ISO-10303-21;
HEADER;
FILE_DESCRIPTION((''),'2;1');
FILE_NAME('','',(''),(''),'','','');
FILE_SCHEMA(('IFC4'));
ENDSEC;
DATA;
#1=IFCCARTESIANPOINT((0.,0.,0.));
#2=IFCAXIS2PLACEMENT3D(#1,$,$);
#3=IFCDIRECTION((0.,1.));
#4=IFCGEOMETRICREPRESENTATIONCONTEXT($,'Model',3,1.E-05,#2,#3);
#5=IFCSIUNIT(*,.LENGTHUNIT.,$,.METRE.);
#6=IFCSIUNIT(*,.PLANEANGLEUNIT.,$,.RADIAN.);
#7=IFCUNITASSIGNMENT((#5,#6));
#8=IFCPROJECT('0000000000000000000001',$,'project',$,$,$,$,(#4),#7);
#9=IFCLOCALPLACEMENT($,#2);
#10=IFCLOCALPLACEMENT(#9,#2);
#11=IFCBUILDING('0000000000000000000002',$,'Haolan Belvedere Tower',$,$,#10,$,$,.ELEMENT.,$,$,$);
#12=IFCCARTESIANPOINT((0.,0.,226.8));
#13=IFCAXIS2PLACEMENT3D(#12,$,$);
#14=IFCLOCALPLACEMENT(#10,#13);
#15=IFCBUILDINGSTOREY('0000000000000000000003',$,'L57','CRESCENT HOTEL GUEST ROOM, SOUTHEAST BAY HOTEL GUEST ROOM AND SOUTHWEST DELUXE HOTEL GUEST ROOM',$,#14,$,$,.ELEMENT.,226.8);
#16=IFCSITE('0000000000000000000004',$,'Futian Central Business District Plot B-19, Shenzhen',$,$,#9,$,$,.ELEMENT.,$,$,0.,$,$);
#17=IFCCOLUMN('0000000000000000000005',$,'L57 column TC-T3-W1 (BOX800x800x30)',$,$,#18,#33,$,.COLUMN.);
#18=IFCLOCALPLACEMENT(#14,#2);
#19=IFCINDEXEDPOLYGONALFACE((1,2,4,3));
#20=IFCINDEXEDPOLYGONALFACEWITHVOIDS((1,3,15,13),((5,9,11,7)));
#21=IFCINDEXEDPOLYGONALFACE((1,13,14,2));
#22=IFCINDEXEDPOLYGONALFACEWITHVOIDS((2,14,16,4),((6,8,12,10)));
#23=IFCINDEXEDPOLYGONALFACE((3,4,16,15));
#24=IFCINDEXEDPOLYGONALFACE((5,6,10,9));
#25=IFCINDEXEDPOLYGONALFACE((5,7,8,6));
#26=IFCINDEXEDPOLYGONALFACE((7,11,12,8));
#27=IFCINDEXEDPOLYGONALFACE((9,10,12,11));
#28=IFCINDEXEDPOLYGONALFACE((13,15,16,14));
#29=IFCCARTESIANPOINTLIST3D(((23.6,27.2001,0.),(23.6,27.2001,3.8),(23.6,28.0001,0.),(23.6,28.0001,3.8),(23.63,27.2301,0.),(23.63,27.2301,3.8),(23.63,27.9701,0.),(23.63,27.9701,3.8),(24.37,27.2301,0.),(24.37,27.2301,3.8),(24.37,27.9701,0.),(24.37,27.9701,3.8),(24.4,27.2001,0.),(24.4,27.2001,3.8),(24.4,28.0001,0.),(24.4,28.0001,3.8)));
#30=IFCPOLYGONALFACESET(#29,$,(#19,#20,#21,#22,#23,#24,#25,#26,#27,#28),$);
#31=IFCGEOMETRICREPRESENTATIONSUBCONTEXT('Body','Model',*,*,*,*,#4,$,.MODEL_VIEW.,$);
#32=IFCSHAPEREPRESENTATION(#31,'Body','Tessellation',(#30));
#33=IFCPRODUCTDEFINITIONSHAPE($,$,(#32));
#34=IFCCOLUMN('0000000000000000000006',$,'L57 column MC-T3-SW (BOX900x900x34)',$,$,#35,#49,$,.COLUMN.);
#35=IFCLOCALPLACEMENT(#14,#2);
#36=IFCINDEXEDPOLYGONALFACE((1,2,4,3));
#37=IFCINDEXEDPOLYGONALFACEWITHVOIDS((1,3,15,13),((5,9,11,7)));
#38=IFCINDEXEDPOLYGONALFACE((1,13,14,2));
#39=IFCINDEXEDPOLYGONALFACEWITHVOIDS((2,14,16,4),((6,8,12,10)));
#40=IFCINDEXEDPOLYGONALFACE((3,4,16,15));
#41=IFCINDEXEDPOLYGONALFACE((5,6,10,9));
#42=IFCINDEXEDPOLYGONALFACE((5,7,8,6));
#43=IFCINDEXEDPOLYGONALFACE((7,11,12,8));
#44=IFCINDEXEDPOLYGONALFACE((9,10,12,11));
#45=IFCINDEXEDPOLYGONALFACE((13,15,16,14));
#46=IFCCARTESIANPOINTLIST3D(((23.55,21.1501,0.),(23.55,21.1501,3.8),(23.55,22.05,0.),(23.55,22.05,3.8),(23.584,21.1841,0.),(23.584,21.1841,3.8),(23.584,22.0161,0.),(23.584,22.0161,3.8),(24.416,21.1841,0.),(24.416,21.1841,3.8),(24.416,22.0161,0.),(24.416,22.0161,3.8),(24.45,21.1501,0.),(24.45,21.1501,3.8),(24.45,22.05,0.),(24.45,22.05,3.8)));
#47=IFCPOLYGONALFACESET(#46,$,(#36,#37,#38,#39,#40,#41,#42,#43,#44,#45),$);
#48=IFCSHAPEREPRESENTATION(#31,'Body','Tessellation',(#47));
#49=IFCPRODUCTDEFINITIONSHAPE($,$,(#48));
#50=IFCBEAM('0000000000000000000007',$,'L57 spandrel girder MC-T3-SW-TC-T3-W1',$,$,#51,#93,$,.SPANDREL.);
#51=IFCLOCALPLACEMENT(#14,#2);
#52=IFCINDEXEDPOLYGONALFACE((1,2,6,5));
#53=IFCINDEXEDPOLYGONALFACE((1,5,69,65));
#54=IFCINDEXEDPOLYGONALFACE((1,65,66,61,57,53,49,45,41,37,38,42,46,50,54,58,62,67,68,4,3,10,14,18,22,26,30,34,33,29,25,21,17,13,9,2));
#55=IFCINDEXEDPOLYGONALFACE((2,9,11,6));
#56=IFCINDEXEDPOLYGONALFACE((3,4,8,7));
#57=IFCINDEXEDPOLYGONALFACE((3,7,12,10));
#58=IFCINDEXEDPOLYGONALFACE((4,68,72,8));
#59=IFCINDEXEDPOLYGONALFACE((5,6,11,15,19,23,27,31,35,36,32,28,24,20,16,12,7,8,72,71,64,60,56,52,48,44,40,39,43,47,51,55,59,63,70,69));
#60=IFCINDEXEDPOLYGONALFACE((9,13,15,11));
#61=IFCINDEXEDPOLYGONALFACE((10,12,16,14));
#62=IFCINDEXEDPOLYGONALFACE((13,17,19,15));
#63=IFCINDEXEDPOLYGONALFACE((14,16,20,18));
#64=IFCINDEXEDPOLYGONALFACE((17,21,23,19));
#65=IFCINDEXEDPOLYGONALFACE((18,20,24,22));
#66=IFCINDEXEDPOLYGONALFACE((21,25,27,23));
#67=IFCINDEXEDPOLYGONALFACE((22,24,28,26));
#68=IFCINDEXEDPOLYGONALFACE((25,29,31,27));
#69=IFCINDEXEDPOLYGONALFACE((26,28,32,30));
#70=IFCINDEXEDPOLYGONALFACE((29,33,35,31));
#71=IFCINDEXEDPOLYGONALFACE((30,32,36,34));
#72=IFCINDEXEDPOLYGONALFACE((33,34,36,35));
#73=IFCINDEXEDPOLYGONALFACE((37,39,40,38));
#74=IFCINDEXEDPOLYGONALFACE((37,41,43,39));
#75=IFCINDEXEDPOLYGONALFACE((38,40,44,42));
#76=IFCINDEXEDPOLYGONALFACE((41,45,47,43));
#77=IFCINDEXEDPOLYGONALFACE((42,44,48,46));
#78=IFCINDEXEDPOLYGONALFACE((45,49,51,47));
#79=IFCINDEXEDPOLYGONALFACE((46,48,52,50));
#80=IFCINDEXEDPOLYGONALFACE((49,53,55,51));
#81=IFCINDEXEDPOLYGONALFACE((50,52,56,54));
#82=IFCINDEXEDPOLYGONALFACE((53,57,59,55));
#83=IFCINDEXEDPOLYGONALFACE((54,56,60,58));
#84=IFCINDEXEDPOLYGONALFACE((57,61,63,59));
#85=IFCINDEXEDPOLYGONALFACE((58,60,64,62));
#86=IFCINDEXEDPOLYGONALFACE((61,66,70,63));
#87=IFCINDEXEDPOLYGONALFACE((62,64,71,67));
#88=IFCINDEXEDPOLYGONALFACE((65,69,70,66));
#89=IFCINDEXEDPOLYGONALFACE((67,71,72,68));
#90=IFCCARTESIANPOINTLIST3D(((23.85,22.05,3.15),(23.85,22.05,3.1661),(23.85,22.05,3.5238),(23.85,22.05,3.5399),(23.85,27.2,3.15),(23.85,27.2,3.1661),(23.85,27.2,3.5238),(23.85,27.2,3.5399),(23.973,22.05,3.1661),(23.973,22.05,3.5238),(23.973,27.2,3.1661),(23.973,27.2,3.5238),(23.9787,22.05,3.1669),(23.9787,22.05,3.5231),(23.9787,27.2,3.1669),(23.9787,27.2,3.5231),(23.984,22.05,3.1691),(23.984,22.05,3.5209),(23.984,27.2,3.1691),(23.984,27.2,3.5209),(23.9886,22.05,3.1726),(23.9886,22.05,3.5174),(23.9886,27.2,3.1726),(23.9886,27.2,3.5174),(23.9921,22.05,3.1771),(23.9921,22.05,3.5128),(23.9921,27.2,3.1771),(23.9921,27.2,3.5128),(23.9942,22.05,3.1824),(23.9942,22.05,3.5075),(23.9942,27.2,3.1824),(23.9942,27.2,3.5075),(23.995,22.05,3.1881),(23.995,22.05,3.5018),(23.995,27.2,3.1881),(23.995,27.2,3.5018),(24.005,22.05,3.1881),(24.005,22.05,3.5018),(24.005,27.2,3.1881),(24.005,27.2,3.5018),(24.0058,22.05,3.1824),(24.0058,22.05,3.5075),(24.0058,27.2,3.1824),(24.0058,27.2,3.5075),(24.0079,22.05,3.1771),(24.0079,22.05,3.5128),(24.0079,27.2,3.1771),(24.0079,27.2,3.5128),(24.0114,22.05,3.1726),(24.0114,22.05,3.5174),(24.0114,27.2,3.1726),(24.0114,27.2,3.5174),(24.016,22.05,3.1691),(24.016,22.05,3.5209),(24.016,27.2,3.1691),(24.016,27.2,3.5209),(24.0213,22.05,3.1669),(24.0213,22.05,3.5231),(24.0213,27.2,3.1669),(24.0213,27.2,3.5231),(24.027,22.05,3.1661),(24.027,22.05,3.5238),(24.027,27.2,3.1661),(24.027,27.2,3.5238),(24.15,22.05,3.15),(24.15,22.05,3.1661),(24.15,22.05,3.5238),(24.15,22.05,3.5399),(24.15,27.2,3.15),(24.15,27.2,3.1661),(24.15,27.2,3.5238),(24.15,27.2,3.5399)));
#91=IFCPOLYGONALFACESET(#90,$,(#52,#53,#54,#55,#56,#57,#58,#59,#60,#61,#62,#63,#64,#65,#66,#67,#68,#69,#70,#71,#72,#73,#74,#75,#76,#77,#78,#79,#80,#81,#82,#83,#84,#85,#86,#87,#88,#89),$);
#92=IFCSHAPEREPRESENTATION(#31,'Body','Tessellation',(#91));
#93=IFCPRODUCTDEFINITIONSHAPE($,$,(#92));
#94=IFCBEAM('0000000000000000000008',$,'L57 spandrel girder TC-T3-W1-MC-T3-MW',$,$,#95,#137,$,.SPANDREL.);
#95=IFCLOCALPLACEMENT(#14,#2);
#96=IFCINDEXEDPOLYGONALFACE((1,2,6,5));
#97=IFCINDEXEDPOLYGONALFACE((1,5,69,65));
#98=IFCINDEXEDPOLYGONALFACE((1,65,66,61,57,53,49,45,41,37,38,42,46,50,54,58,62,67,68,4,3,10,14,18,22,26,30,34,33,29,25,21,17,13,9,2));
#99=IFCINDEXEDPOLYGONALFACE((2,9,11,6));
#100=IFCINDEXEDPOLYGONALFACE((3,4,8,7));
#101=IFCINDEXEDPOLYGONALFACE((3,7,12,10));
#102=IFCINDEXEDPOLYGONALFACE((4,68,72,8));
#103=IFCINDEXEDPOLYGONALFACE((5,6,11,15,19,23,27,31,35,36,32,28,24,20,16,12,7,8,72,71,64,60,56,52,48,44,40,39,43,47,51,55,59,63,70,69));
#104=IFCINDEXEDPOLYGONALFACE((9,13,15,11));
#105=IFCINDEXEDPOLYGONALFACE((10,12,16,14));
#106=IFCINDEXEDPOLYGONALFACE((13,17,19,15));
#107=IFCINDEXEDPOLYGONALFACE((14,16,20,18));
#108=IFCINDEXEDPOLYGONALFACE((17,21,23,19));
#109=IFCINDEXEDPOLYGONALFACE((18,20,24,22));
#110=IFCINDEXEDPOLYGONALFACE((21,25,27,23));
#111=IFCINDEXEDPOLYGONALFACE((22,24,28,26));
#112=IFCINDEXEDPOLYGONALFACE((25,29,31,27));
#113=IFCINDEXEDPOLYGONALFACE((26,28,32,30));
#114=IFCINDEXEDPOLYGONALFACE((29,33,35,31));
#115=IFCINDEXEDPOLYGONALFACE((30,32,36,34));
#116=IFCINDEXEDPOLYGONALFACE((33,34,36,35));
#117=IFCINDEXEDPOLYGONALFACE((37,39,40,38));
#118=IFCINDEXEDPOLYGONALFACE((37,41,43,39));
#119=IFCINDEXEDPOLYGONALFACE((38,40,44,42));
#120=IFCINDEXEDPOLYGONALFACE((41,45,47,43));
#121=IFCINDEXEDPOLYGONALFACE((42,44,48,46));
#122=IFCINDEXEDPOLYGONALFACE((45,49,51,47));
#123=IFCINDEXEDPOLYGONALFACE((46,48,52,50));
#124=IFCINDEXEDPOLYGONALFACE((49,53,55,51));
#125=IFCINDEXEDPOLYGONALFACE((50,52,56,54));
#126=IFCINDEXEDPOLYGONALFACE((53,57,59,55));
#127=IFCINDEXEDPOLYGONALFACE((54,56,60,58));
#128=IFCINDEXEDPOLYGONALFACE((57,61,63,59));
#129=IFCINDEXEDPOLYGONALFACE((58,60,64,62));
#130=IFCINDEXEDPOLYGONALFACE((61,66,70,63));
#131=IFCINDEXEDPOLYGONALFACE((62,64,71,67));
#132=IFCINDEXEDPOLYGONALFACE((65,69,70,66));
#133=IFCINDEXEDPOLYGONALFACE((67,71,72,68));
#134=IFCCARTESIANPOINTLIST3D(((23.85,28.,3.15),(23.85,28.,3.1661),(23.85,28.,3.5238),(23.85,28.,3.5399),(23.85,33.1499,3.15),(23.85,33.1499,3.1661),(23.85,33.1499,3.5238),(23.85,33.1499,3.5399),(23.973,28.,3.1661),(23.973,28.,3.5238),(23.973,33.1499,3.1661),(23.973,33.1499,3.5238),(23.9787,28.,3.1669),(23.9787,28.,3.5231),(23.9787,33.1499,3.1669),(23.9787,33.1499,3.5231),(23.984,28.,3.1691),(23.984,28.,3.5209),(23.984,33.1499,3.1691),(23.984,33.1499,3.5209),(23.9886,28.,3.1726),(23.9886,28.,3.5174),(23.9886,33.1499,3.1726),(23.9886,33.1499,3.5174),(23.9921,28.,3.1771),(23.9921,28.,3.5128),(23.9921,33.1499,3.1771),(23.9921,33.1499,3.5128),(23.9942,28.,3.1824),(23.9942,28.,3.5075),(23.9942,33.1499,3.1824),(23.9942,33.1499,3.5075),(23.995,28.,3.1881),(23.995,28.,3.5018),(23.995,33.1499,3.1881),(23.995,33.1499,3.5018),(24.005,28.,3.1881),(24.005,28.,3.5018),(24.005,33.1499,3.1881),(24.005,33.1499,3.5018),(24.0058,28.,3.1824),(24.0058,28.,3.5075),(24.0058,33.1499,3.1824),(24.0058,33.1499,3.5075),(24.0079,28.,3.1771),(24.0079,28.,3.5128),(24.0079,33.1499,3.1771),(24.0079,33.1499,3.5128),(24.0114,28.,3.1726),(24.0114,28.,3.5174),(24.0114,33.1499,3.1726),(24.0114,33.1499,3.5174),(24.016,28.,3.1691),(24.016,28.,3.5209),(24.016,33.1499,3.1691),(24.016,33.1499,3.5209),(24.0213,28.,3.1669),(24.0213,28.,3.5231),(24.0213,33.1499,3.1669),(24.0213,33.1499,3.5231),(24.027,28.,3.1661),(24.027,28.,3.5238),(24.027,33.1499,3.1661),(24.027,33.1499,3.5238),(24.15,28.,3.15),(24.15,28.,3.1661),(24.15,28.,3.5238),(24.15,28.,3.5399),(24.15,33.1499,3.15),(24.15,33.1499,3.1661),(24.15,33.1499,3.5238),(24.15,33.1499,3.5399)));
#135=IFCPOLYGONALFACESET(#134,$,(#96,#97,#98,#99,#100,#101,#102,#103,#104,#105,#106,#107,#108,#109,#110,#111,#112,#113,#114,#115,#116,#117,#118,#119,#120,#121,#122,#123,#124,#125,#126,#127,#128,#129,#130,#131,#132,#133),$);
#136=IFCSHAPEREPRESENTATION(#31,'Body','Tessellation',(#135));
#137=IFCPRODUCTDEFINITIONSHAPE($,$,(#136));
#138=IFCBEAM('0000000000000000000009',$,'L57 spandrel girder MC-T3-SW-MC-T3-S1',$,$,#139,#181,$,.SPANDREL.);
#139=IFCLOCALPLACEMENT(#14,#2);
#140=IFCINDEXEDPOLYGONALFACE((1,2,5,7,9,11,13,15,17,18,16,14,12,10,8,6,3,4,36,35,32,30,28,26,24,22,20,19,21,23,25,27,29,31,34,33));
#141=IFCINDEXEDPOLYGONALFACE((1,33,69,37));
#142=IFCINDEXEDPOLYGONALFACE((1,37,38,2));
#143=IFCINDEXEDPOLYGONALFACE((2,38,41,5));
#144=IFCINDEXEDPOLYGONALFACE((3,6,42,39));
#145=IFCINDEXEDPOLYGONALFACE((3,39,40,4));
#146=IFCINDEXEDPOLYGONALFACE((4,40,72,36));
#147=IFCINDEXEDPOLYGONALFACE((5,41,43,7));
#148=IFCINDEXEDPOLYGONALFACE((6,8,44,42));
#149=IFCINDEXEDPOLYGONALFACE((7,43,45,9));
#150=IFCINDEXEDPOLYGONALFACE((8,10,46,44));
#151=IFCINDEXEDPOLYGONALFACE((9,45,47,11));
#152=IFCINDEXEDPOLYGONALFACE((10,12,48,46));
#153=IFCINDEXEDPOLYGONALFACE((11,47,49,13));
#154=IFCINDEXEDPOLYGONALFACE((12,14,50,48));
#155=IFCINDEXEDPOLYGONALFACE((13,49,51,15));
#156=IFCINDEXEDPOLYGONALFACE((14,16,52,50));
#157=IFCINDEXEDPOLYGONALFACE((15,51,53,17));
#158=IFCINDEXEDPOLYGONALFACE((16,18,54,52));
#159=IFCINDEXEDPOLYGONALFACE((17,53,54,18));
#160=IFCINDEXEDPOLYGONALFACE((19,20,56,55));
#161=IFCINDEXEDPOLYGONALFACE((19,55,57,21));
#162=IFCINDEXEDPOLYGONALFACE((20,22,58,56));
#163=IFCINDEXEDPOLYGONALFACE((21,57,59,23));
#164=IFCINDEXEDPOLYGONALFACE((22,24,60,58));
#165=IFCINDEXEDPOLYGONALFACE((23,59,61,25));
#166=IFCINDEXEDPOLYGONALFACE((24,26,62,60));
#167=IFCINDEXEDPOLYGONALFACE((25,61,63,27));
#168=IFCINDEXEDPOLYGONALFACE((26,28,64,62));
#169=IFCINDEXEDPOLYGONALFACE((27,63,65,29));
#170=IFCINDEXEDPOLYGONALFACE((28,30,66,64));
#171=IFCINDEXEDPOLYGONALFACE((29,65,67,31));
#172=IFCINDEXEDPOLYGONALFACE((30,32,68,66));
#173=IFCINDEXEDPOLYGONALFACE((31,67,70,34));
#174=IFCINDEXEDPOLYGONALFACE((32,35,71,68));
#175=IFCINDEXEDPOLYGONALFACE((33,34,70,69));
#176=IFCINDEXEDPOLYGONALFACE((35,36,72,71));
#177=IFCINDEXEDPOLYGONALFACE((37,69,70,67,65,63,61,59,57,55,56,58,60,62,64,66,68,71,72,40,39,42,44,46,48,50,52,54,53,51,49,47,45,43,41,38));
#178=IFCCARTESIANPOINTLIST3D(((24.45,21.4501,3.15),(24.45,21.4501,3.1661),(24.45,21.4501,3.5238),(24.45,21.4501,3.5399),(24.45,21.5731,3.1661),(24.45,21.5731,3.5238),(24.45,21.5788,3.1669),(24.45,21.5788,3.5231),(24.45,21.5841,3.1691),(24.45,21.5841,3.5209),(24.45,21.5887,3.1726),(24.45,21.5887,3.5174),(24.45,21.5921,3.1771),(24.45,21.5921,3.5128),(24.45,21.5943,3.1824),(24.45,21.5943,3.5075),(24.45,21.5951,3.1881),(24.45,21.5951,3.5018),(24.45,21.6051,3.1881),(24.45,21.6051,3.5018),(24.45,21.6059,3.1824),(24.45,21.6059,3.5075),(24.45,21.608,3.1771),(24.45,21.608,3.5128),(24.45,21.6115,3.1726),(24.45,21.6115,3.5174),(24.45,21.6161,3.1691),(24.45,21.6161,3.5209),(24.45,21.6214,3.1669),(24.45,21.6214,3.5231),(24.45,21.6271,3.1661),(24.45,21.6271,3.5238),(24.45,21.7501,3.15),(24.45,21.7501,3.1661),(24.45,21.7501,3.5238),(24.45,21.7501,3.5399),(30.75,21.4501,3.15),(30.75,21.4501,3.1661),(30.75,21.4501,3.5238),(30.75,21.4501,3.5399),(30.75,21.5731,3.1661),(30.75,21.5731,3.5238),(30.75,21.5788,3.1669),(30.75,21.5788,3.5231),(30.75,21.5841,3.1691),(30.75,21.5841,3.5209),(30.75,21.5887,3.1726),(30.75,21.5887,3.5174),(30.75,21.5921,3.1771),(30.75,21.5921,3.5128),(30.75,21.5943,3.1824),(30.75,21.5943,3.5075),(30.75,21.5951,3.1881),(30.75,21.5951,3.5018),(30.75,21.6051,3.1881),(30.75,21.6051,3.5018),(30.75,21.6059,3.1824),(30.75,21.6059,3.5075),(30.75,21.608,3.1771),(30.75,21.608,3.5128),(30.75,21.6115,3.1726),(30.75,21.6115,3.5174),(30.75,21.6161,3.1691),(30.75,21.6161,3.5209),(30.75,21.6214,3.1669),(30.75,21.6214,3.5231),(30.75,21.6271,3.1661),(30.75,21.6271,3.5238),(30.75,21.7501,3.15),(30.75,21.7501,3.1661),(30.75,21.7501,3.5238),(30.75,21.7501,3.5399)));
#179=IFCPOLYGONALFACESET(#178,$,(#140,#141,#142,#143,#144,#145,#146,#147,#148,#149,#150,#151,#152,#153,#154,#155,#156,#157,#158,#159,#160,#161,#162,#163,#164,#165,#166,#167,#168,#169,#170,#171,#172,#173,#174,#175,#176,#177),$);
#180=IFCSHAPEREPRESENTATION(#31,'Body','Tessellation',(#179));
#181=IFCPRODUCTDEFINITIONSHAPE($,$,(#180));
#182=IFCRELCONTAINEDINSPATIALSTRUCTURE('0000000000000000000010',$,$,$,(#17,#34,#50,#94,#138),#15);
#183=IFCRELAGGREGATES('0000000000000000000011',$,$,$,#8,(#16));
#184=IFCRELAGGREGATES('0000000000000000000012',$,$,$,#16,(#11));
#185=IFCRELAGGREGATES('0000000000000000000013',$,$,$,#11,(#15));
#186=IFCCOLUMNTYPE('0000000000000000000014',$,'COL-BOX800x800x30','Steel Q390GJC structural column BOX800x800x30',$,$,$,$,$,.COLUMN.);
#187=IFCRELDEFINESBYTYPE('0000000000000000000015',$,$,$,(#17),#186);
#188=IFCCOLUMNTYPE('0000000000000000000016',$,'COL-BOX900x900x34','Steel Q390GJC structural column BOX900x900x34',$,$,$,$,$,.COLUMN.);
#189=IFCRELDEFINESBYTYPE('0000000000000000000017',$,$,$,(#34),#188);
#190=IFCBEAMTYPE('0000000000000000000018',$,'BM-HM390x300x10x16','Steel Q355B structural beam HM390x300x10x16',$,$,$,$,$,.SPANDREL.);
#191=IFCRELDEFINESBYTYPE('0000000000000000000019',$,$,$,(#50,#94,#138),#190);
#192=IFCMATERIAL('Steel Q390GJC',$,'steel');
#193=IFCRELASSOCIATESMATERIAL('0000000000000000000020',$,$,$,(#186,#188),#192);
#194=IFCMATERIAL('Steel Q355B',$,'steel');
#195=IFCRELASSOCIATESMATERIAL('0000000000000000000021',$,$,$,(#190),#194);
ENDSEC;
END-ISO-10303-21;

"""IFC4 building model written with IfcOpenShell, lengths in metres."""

from ifc_helpers import new_model, si_unit, direction, frame, origin, origin_2d, place, context, subcontext, project, spatial, hollow_rectangle, i_section, extrude, material, material_profile, profile_set, type_object, element, save


model = new_model("IFC4")

# Units and contexts
model_context = context("Model", 3, precision=1e-05, world=origin(), true_north=direction((0.0, 1.0)))
body_context = subcontext(model_context, "Body", "Model", "MODEL_VIEW")
ifc_project = project(units=[si_unit("LENGTHUNIT", "METRE"), si_unit("PLANEANGLEUNIT", "RADIAN")], contexts=[model_context])

# Site, building, storey
site_placement = place(None, origin())
site = spatial("IfcSite", under=ifc_project, at=site_placement, Name="Futian Central Business District Plot B-19, Shenzhen", CompositionType="ELEMENT", RefElevation=0.0)
building_placement = place(site_placement, origin())
building = spatial("IfcBuilding", under=site, at=building_placement, Name="Haolan Belvedere Tower", CompositionType="ELEMENT")
storey_placement = place(building_placement, frame((0.0, 0.0, 226.8)))
storey = spatial("IfcBuildingStorey", under=building, at=storey_placement, Name="L57", Description="CRESCENT HOTEL GUEST ROOM, SOUTHEAST BAY HOTEL GUEST ROOM AND SOUTHWEST DELUXE HOTEL GUEST ROOM", CompositionType="ELEMENT", Elevation=226.8)

# Columns
ifc_material_1 = material(Name="Steel Q390GJC", Category="steel")
ifc_material_profile_1 = material_profile(ifc_material_1, hollow_rectangle(XDim=0.8, YDim=0.8, WallThickness=0.03, at=origin_2d()), Name="Steel Q390GJC")
ifc_profile_set_1 = profile_set([ifc_material_profile_1], Name="Steel Q390GJC")
column_type_1 = type_object("IfcColumnType", Name="COL-BOX800x800x30", Description="Steel Q390GJC structural column BOX800x800x30", PredefinedType="COLUMN", material=ifc_profile_set_1)
column_1_placement = place(storey_placement, frame((24.0, 27.6001, 0.0), z_axis=(0.0, 0.0, 1.0), x_axis=(1.0, 0.0, 0.0)))
element("IfcColumn", 1, at=column_1_placement, inside=storey, type_object=column_type_1, Name="L57 column TC-T3-W1 (BOX800x800x30)", PredefinedType="COLUMN", context=body_context, shape_type="SweptSolid", body=[
    extrude(hollow_rectangle(XDim=0.8, YDim=0.8, WallThickness=0.03, at=origin_2d()), origin(), (0.0, 0.0, 1.0), 3.8),
])
ifc_material_profile_2 = material_profile(ifc_material_1, hollow_rectangle(XDim=0.8999, YDim=0.8999, WallThickness=0.0339, at=origin_2d()), Name="Steel Q390GJC")
ifc_profile_set_2 = profile_set([ifc_material_profile_2], Name="Steel Q390GJC")
column_type_2 = type_object("IfcColumnType", Name="COL-BOX900x900x34", Description="Steel Q390GJC structural column BOX900x900x34", PredefinedType="COLUMN", material=ifc_profile_set_2)
column_2_placement = place(storey_placement, frame((24.0, 21.6001, 0.0), z_axis=(0.0, 0.0, 1.0), x_axis=(1.0, 0.0, 0.0)))
element("IfcColumn", 2, at=column_2_placement, inside=storey, type_object=column_type_2, Name="L57 column MC-T3-SW (BOX900x900x34)", PredefinedType="COLUMN", context=body_context, shape_type="SweptSolid", body=[
    extrude(hollow_rectangle(XDim=0.8999, YDim=0.8999, WallThickness=0.0339, at=origin_2d()), origin(), (0.0, 0.0, 1.0), 3.8),
])

# Beams
ifc_material_2 = material(Name="Steel Q355B", Category="steel")
ifc_material_profile_3 = material_profile(ifc_material_2, i_section(OverallWidth=0.3, OverallDepth=0.3899, WebThickness=0.01, FlangeThickness=0.0161, FilletRadius=0.022, at=origin_2d()), Name="Steel Q355B")
ifc_profile_set_3 = profile_set([ifc_material_profile_3], Name="Steel Q355B")
beam_type_1 = type_object("IfcBeamType", Name="BM-HM390x300x10x16", Description="Steel Q355B structural beam HM390x300x10x16", PredefinedType="SPANDREL", material=ifc_profile_set_3)
for number, where, z_axis, x_axis, name in (
    (3, (24.0, 22.05, 3.345), (0.0, 1.0, 0.0), (-1.0, 0.0, 0.0), "L57 spandrel girder MC-T3-SW-TC-T3-W1"),
    (4, (24.0, 28.0, 3.345), (0.0, 1.0, 0.0), (-1.0, 0.0, 0.0), "L57 spandrel girder TC-T3-W1-MC-T3-MW"),
):
    element("IfcBeam", number, at=place(storey_placement, frame(where, z_axis=z_axis, x_axis=x_axis)), inside=storey, type_object=beam_type_1, Name=name, PredefinedType="SPANDREL", context=body_context, shape_type="SweptSolid", body=[
        extrude(i_section(OverallWidth=0.3, OverallDepth=0.3899, WebThickness=0.01, FlangeThickness=0.0161, FilletRadius=0.022, at=origin_2d()), origin(), (0.0, 0.0, 1.0), 5.1499),
    ])
beam_1_placement = place(storey_placement, frame((24.45, 21.6001, 3.345), z_axis=(1.0, 0.0, 0.0), x_axis=(0.0, 1.0, 0.0)))
element("IfcBeam", 5, at=beam_1_placement, inside=storey, type_object=beam_type_1, Name="L57 spandrel girder MC-T3-SW-MC-T3-S1", PredefinedType="SPANDREL", context=body_context, shape_type="SweptSolid", body=[
    extrude(i_section(OverallWidth=0.3, OverallDepth=0.3899, WebThickness=0.01, FlangeThickness=0.0161, FilletRadius=0.022, at=origin_2d()), origin(), (0.0, 0.0, 1.0), 6.3),
])

save(model, "model.ifc")
